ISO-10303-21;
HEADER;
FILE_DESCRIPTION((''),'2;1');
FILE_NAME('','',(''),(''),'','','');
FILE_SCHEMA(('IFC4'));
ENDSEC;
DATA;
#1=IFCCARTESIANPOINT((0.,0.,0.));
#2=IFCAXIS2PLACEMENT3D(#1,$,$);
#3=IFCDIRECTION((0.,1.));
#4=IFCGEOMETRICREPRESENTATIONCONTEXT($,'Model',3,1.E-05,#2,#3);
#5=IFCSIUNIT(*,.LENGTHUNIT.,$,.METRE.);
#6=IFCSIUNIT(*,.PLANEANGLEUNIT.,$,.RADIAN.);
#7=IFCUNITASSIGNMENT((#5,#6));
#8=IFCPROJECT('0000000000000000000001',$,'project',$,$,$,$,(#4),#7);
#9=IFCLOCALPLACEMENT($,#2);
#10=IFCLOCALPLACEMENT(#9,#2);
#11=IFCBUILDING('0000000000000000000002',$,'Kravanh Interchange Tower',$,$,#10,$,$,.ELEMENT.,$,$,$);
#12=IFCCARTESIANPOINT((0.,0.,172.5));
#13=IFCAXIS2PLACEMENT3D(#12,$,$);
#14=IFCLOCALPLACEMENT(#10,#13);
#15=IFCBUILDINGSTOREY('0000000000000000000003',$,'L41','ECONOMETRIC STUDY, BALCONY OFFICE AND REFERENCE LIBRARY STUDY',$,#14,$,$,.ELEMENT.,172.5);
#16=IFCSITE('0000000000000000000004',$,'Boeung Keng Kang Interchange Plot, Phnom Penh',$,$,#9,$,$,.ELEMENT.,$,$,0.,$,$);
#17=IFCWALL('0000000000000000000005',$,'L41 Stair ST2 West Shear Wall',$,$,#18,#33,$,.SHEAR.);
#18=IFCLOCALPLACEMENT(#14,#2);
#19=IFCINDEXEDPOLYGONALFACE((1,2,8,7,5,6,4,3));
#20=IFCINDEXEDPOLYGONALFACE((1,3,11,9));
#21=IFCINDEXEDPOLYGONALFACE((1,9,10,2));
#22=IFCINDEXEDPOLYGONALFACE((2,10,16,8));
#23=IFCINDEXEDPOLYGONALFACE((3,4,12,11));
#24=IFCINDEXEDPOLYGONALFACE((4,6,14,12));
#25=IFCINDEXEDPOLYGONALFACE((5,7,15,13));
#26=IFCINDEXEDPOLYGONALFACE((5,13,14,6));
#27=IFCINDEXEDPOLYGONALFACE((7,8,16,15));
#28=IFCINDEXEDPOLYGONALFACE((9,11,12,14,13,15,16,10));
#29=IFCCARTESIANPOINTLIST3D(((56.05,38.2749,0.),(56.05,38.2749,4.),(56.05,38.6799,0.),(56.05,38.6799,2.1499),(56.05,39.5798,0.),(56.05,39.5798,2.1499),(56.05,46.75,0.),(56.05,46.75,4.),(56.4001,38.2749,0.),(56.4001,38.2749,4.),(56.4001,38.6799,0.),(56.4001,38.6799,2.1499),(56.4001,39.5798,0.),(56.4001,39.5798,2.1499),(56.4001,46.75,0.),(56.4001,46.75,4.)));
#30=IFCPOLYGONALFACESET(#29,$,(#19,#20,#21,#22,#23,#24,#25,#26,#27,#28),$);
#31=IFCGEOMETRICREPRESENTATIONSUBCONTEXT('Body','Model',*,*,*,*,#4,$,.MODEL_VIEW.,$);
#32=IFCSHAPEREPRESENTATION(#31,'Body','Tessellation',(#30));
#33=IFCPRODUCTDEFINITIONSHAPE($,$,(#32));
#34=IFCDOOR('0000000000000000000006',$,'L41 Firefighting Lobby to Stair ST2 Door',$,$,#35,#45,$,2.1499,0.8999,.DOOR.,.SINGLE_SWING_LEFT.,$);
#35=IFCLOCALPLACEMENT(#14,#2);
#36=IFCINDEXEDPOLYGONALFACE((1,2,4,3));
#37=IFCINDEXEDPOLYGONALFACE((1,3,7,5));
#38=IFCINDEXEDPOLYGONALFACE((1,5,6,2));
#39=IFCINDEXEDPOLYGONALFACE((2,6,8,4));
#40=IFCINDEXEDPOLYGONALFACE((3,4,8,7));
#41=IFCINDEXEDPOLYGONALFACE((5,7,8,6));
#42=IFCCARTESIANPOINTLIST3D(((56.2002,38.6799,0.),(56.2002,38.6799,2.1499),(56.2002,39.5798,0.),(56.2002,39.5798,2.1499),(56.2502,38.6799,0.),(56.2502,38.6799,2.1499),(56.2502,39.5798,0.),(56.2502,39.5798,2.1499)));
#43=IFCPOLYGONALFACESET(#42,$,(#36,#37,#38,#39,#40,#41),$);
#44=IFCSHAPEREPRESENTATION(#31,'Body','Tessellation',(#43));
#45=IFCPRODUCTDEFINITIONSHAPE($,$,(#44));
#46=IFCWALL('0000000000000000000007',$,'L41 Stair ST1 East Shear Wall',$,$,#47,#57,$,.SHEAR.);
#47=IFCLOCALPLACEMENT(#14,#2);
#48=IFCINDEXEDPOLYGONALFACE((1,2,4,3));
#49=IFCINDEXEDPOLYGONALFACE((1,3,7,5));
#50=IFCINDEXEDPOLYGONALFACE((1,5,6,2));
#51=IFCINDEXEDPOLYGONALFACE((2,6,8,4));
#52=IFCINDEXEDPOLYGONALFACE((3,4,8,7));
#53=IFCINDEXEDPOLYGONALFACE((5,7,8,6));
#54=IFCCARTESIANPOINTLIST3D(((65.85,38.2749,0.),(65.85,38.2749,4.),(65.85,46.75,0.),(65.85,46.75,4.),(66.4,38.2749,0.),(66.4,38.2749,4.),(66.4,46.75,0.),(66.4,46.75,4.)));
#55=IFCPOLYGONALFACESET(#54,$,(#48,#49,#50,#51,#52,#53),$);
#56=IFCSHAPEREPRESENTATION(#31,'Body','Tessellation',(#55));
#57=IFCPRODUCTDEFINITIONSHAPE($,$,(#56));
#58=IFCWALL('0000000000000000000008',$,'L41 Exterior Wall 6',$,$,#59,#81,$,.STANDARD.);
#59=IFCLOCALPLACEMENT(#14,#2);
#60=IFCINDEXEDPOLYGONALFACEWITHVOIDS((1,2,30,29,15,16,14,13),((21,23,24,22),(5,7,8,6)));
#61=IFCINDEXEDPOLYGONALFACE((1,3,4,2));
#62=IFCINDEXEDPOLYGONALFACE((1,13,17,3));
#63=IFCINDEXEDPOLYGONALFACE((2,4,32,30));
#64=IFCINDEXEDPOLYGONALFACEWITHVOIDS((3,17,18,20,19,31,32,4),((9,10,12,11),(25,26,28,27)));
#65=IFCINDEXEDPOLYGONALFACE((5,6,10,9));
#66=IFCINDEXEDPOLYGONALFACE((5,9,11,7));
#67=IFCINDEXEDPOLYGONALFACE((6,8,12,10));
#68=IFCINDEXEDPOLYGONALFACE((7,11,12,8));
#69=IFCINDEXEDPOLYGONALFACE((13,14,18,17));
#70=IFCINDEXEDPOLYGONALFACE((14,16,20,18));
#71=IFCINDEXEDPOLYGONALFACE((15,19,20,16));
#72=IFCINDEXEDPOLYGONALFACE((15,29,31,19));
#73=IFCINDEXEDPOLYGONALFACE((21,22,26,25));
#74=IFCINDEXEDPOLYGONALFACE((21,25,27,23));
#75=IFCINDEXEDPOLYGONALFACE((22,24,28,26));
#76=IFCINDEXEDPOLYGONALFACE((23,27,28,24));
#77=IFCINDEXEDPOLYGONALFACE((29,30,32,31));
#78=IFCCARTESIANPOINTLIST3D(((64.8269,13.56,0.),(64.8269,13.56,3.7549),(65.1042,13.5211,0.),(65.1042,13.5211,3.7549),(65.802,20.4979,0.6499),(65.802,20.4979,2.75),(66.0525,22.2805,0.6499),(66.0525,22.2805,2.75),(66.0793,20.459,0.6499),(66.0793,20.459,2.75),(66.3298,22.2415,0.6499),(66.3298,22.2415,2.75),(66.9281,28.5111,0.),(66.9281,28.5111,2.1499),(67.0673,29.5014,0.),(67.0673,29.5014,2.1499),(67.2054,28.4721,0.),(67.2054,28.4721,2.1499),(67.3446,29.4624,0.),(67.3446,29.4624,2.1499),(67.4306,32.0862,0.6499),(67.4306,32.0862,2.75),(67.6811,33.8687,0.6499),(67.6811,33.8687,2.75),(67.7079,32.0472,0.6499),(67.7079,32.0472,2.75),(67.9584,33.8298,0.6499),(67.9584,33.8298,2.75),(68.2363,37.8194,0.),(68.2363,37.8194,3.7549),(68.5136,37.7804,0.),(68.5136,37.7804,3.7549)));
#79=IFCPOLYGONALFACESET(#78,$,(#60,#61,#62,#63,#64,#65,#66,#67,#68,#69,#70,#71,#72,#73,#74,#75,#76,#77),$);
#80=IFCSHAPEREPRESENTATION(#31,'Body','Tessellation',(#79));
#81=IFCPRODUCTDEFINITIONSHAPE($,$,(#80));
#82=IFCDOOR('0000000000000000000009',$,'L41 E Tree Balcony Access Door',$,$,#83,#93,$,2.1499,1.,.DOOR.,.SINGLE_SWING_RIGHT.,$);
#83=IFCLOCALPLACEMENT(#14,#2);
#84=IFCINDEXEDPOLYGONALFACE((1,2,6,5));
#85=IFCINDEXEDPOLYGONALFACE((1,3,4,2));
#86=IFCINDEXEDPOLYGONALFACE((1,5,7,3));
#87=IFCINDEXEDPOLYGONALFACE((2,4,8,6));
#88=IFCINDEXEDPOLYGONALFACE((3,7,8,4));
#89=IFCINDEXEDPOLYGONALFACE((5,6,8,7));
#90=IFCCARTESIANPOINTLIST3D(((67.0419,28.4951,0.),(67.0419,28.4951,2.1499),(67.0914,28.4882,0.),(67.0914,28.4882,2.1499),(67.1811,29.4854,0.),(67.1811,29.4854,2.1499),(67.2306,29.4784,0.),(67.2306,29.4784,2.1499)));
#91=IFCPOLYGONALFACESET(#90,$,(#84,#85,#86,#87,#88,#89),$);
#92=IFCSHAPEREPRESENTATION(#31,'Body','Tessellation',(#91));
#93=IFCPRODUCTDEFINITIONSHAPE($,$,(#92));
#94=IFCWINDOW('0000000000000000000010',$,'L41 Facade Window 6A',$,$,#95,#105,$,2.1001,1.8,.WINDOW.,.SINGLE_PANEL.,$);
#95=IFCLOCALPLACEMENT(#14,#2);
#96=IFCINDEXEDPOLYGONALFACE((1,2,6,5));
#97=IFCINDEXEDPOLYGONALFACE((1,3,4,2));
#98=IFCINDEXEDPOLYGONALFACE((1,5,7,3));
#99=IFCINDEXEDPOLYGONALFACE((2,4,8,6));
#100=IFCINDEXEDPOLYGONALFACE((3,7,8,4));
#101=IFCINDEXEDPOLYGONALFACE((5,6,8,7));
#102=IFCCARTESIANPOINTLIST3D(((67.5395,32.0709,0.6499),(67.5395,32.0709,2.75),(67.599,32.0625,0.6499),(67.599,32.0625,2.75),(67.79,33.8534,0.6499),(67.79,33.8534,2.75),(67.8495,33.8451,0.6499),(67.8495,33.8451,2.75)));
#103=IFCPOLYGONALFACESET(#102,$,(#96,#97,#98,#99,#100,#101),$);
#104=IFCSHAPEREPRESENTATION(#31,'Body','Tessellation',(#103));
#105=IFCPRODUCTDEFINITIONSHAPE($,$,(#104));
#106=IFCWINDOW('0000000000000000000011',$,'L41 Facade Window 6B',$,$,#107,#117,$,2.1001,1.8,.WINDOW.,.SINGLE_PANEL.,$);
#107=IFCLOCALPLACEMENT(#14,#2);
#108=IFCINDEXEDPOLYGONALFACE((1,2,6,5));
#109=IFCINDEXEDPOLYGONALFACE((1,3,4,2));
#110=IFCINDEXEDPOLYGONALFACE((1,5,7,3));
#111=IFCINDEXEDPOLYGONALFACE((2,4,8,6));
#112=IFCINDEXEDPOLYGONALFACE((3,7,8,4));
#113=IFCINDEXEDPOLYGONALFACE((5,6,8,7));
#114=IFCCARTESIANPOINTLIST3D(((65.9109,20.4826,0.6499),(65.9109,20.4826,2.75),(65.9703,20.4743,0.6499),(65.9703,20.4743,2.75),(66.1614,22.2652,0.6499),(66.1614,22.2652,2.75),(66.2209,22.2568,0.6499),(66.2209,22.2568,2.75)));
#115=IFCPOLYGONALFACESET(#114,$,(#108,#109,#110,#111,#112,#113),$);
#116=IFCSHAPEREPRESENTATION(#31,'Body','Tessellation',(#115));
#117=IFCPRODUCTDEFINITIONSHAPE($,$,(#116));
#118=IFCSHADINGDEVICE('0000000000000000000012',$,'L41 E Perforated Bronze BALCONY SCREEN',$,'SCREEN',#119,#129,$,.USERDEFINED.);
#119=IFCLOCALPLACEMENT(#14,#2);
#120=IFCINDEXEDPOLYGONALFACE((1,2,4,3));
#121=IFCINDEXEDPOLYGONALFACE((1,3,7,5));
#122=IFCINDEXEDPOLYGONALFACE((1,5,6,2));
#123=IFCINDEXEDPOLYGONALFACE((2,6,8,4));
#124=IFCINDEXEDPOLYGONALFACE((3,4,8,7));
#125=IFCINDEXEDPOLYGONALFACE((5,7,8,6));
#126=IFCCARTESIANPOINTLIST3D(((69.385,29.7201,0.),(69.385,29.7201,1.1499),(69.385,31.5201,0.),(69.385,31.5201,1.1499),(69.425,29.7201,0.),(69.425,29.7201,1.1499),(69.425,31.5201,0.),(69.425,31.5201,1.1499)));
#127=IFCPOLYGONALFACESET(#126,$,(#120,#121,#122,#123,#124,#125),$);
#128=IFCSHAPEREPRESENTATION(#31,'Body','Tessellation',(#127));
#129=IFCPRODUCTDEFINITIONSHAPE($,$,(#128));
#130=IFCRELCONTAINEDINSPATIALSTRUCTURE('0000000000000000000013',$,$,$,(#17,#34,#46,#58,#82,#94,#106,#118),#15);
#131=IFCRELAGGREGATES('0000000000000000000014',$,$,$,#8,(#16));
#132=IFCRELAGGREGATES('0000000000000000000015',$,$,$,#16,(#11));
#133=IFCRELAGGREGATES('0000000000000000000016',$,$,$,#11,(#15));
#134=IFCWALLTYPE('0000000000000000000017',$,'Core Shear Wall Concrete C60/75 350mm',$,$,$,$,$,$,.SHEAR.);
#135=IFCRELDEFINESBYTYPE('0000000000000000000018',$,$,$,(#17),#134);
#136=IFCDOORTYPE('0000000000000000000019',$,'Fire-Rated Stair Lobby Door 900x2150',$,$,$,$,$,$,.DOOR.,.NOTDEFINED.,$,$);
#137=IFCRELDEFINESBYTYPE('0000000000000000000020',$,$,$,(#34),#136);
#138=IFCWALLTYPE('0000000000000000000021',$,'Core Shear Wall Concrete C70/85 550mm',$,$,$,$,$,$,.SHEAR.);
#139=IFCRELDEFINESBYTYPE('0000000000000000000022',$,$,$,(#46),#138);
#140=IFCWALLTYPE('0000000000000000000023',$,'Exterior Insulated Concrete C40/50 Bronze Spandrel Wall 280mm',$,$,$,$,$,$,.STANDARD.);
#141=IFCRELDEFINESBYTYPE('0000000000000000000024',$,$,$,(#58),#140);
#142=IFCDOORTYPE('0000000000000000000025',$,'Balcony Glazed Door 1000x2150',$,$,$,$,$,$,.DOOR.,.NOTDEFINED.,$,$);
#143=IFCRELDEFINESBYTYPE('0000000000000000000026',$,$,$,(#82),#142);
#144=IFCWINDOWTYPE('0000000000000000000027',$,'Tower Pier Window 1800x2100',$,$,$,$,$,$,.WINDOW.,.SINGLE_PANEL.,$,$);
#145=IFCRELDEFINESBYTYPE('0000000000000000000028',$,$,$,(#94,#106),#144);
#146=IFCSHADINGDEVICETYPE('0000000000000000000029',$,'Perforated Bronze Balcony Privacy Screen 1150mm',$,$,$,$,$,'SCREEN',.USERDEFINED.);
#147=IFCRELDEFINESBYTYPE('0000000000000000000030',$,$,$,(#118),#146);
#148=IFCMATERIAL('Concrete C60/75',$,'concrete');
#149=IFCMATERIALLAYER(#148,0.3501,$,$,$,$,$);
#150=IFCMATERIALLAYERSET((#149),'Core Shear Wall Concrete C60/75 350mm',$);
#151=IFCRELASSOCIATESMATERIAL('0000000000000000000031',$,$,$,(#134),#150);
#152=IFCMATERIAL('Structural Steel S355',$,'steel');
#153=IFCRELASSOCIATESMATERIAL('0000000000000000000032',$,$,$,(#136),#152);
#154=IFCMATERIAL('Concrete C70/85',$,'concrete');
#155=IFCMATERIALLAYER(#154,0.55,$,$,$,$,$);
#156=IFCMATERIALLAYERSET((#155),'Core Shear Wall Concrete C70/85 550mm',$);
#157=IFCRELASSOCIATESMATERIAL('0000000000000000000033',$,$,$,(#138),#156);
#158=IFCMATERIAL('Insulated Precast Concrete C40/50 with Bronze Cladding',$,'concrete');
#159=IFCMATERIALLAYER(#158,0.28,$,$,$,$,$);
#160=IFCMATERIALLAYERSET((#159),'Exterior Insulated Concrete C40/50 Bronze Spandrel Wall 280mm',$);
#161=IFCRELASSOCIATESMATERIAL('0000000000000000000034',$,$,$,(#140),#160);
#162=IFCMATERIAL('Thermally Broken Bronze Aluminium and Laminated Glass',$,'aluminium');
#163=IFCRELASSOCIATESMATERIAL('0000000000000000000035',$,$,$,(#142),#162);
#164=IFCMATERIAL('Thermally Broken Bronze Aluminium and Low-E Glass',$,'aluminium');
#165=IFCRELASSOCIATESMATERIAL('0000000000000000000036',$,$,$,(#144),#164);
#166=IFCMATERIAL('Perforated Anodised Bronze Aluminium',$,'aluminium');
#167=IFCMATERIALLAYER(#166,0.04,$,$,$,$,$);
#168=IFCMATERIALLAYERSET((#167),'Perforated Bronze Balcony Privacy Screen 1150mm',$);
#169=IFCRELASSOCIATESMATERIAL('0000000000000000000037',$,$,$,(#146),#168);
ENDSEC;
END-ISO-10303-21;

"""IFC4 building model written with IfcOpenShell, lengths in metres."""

from ifc_helpers import new_model, si_unit, direction, frame, frame_2d, origin, origin_2d, place, context, subcontext, project, spatial, rectangle, extrude, material, layer, layer_set, type_object, element, fill, save


model = new_model("IFC4")

# Units and contexts
model_context = context("Model", 3, precision=1e-05, world=origin(), true_north=direction((0.0, 1.0)))
body_context = subcontext(model_context, "Body", "Model", "MODEL_VIEW")
ifc_project = project(units=[si_unit("LENGTHUNIT", "METRE"), si_unit("PLANEANGLEUNIT", "RADIAN")], contexts=[model_context])

# Site, building, storey
site_placement = place(None, origin())
site = spatial("IfcSite", under=ifc_project, at=site_placement, Name="Boeung Keng Kang Interchange Plot, Phnom Penh", CompositionType="ELEMENT", RefElevation=0.0)
building_placement = place(site_placement, origin())
building = spatial("IfcBuilding", under=site, at=building_placement, Name="Kravanh Interchange Tower", CompositionType="ELEMENT")
storey_placement = place(building_placement, frame((0.0, 0.0, 172.5)))
storey = spatial("IfcBuildingStorey", under=building, at=storey_placement, Name="L41", Description="ECONOMETRIC STUDY, BALCONY OFFICE AND REFERENCE LIBRARY STUDY", CompositionType="ELEMENT", Elevation=172.5)

# Shared definitions
ifc_material_1 = material(Name="Concrete C60/75", Category="concrete")
ifc_layer_1 = layer(ifc_material_1, 0.3501)
ifc_layer_set_1 = layer_set([ifc_layer_1], Name="Core Shear Wall Concrete C60/75 350mm")
wall_type_1 = type_object("IfcWallType", Name="Core Shear Wall Concrete C60/75 350mm", PredefinedType="SHEAR", material=ifc_layer_set_1)

# Wall, opening, door
wall_1_placement = place(storey_placement, frame((56.2251, 38.2749, 0.0), z_axis=(0.0, 0.0, 1.0), x_axis=(0.0, 1.0, 0.0)))
wall_1 = element("IfcWall", 1, at=wall_1_placement, inside=storey, type_object=wall_type_1, Name="L41 Stair ST2 West Shear Wall", PredefinedType="SHEAR", context=body_context, shape_type="SweptSolid", body=[
    extrude(rectangle(XDim=8.4751, YDim=0.3501, at=frame_2d((4.2375, 0.0))), origin(), (0.0, 0.0, 1.0), 4.0),
])
opening_1_placement = place(wall_1_placement, frame((0.405, 0.0, 0.0)))
opening_1 = element("IfcOpeningElement", 2, at=opening_1_placement, cuts=wall_1, PredefinedType="OPENING", context=body_context, shape_type="SweptSolid", body=[
    extrude(rectangle(XDim=0.8999, YDim=2.1499, at=frame_2d((0.45, 1.075))), frame((0.0, 0.1851, 0.0), z_axis=(0.0, -1.0, 0.0), x_axis=(1.0, 0.0, 0.0)), (0.0, 0.0, 1.0), 0.3701),
])
ifc_material_2 = material(Name="Structural Steel S355", Category="steel")
door_type_1 = type_object("IfcDoorType", Name="Fire-Rated Stair Lobby Door 900x2150", OperationType="NOTDEFINED", PredefinedType="DOOR", material=ifc_material_2)
door_1_placement = place(opening_1_placement, origin())
door_1 = element("IfcDoor", 3, at=door_1_placement, inside=storey, type_object=door_type_1, Name="L41 Firefighting Lobby to Stair ST2 Door", OperationType="SINGLE_SWING_LEFT", OverallHeight=2.1499, OverallWidth=0.8999, PredefinedType="DOOR", context=body_context, shape_type="SweptSolid", body=[
    extrude(rectangle(XDim=0.8999, YDim=2.1499, at=frame_2d((0.45, 1.075))), frame((0.0, 0.0249, 0.0), z_axis=(0.0, -1.0, 0.0), x_axis=(1.0, 0.0, 0.0)), (0.0, 0.0, 1.0), 0.05),
])
fill(opening_1, door_1)

# Wall
ifc_material_3 = material(Name="Concrete C70/85", Category="concrete")
ifc_layer_2 = layer(ifc_material_3, 0.55)
ifc_layer_set_2 = layer_set([ifc_layer_2], Name="Core Shear Wall Concrete C70/85 550mm")
wall_type_2 = type_object("IfcWallType", Name="Core Shear Wall Concrete C70/85 550mm", PredefinedType="SHEAR", material=ifc_layer_set_2)
wall_2_placement = place(storey_placement, frame((66.125, 38.2749, 0.0), z_axis=(0.0, 0.0, 1.0), x_axis=(0.0, 1.0, 0.0)))
element("IfcWall", 4, at=wall_2_placement, inside=storey, type_object=wall_type_2, Name="L41 Stair ST1 East Shear Wall", PredefinedType="SHEAR", context=body_context, shape_type="SweptSolid", body=[
    extrude(rectangle(XDim=8.4751, YDim=0.55, at=frame_2d((4.2375, 0.0))), origin(), (0.0, 0.0, 1.0), 4.0),
])

# Wall, openings, door, windows
ifc_material_4 = material(Name="Insulated Precast Concrete C40/50 with Bronze Cladding", Category="concrete")
ifc_layer_3 = layer(ifc_material_4, 0.28)
ifc_layer_set_3 = layer_set([ifc_layer_3], Name="Exterior Insulated Concrete C40/50 Bronze Spandrel Wall 280mm")
wall_type_3 = type_object("IfcWallType", Name="Exterior Insulated Concrete C40/50 Bronze Spandrel Wall 280mm", PredefinedType="STANDARD", material=ifc_layer_set_3)
wall_3_placement = place(storey_placement, frame((68.375, 37.8, 0.0), z_axis=(0.0, 0.0, 1.0), x_axis=(-0.139173, -0.990268, 0.0)))
wall_3 = element("IfcWall", 5, at=wall_3_placement, inside=storey, type_object=wall_type_3, Name="L41 Exterior Wall 6", PredefinedType="STANDARD", context=body_context, shape_type="SweptSolid", body=[
    extrude(rectangle(XDim=24.4978, YDim=0.28, at=frame_2d((12.249, 0.0))), origin(), (0.0, 0.0, 1.0), 3.7549),
])
opening_2_placement = place(wall_3_placement, frame((8.3999, 0.0, 0.0)))
opening_2 = element("IfcOpeningElement", 6, at=opening_2_placement, cuts=wall_3, PredefinedType="OPENING", context=body_context, shape_type="SweptSolid", body=[
    extrude(rectangle(XDim=1.0, YDim=2.1499, at=frame_2d((0.5, 1.075))), frame((0.0, 0.1499, 0.0), z_axis=(0.0, -1.0, 0.0), x_axis=(1.0, 0.0, 0.0)), (0.0, 0.0, 1.0), 0.3),
])
opening_3_placement = place(wall_3_placement, frame((3.9897, 0.0, 0.6499)))
opening_3 = element("IfcOpeningElement", 7, at=opening_3_placement, cuts=wall_3, PredefinedType="OPENING", context=body_context, shape_type="SweptSolid", body=[
    extrude(rectangle(XDim=1.8, YDim=2.1001, at=frame_2d((0.8999, 1.05))), frame((0.0, 0.1499, 0.0), z_axis=(0.0, -1.0, 0.0), x_axis=(1.0, 0.0, 0.0)), (0.0, 0.0, 1.0), 0.3),
])
opening_4_placement = place(wall_3_placement, frame((15.6919, 0.0, 0.6499)))
opening_4 = element("IfcOpeningElement", 8, at=opening_4_placement, cuts=wall_3, PredefinedType="OPENING", context=body_context, shape_type="SweptSolid", body=[
    extrude(rectangle(XDim=1.8, YDim=2.1001, at=frame_2d((0.8999, 1.05))), frame((0.0, 0.1499, 0.0), z_axis=(0.0, -1.0, 0.0), x_axis=(1.0, 0.0, 0.0)), (0.0, 0.0, 1.0), 0.3),
])
ifc_material_5 = material(Name="Thermally Broken Bronze Aluminium and Laminated Glass", Category="aluminium")
door_type_2 = type_object("IfcDoorType", Name="Balcony Glazed Door 1000x2150", OperationType="NOTDEFINED", PredefinedType="DOOR", material=ifc_material_5)
door_2_placement = place(opening_2_placement, origin())
door_2 = element("IfcDoor", 9, at=door_2_placement, inside=storey, type_object=door_type_2, Name="L41 E Tree Balcony Access Door", OperationType="SINGLE_SWING_RIGHT", OverallHeight=2.1499, OverallWidth=1.0, PredefinedType="DOOR", context=body_context, shape_type="SweptSolid", body=[
    extrude(rectangle(XDim=1.0, YDim=2.1499, at=frame_2d((0.5, 1.075))), frame((0.0, 0.0249, 0.0), z_axis=(0.0, -1.0, 0.0), x_axis=(1.0, 0.0, 0.0)), (0.0, 0.0, 1.0), 0.05),
])
fill(opening_2, door_2)
ifc_material_6 = material(Name="Thermally Broken Bronze Aluminium and Low-E Glass", Category="aluminium")
window_type = type_object("IfcWindowType", Name="Tower Pier Window 1800x2100", PartitioningType="SINGLE_PANEL", PredefinedType="WINDOW", material=ifc_material_6)
window_1_placement = place(opening_3_placement, origin())
window_1 = element("IfcWindow", 10, at=window_1_placement, inside=storey, type_object=window_type, Name="L41 Facade Window 6A", OverallHeight=2.1001, OverallWidth=1.8, PartitioningType="SINGLE_PANEL", PredefinedType="WINDOW", context=body_context, shape_type="SweptSolid", body=[
    extrude(rectangle(XDim=1.8, YDim=2.1001, at=frame_2d((0.8999, 1.05))), frame((0.0, 0.03, 0.0), z_axis=(0.0, -1.0, 0.0), x_axis=(1.0, 0.0, 0.0)), (0.0, 0.0, 1.0), 0.0601),
])
fill(opening_3, window_1)
window_2_placement = place(opening_4_placement, origin())
window_2 = element("IfcWindow", 11, at=window_2_placement, inside=storey, type_object=window_type, Name="L41 Facade Window 6B", OverallHeight=2.1001, OverallWidth=1.8, PartitioningType="SINGLE_PANEL", PredefinedType="WINDOW", context=body_context, shape_type="SweptSolid", body=[
    extrude(rectangle(XDim=1.8, YDim=2.1001, at=frame_2d((0.8999, 1.05))), frame((0.0, 0.03, 0.0), z_axis=(0.0, -1.0, 0.0), x_axis=(1.0, 0.0, 0.0)), (0.0, 0.0, 1.0), 0.0601),
])
fill(opening_4, window_2)

# Shading device
ifc_material_7 = material(Name="Perforated Anodised Bronze Aluminium", Category="aluminium")
ifc_layer_4 = layer(ifc_material_7, 0.04)
ifc_layer_set_4 = layer_set([ifc_layer_4], Name="Perforated Bronze Balcony Privacy Screen 1150mm")
shading_device_type = type_object("IfcShadingDeviceType", Name="Perforated Bronze Balcony Privacy Screen 1150mm", ElementType="SCREEN", PredefinedType="USERDEFINED", material=ifc_layer_set_4)
shading_device_placement = place(storey_placement, frame((69.405, 30.6201, 0.0), z_axis=(0.0, 0.0, 1.0), x_axis=(1.0, 0.0, 0.0)))
element("IfcShadingDevice", 12, at=shading_device_placement, inside=storey, type_object=shading_device_type, Name="L41 E Perforated Bronze BALCONY SCREEN", ObjectType="SCREEN", PredefinedType="USERDEFINED", context=body_context, shape_type="SweptSolid", body=[
    extrude(rectangle(XDim=0.04, YDim=1.8, at=origin_2d()), origin(), (0.0, 0.0, 1.0), 1.1499),
])

save(model, "model.ifc")
